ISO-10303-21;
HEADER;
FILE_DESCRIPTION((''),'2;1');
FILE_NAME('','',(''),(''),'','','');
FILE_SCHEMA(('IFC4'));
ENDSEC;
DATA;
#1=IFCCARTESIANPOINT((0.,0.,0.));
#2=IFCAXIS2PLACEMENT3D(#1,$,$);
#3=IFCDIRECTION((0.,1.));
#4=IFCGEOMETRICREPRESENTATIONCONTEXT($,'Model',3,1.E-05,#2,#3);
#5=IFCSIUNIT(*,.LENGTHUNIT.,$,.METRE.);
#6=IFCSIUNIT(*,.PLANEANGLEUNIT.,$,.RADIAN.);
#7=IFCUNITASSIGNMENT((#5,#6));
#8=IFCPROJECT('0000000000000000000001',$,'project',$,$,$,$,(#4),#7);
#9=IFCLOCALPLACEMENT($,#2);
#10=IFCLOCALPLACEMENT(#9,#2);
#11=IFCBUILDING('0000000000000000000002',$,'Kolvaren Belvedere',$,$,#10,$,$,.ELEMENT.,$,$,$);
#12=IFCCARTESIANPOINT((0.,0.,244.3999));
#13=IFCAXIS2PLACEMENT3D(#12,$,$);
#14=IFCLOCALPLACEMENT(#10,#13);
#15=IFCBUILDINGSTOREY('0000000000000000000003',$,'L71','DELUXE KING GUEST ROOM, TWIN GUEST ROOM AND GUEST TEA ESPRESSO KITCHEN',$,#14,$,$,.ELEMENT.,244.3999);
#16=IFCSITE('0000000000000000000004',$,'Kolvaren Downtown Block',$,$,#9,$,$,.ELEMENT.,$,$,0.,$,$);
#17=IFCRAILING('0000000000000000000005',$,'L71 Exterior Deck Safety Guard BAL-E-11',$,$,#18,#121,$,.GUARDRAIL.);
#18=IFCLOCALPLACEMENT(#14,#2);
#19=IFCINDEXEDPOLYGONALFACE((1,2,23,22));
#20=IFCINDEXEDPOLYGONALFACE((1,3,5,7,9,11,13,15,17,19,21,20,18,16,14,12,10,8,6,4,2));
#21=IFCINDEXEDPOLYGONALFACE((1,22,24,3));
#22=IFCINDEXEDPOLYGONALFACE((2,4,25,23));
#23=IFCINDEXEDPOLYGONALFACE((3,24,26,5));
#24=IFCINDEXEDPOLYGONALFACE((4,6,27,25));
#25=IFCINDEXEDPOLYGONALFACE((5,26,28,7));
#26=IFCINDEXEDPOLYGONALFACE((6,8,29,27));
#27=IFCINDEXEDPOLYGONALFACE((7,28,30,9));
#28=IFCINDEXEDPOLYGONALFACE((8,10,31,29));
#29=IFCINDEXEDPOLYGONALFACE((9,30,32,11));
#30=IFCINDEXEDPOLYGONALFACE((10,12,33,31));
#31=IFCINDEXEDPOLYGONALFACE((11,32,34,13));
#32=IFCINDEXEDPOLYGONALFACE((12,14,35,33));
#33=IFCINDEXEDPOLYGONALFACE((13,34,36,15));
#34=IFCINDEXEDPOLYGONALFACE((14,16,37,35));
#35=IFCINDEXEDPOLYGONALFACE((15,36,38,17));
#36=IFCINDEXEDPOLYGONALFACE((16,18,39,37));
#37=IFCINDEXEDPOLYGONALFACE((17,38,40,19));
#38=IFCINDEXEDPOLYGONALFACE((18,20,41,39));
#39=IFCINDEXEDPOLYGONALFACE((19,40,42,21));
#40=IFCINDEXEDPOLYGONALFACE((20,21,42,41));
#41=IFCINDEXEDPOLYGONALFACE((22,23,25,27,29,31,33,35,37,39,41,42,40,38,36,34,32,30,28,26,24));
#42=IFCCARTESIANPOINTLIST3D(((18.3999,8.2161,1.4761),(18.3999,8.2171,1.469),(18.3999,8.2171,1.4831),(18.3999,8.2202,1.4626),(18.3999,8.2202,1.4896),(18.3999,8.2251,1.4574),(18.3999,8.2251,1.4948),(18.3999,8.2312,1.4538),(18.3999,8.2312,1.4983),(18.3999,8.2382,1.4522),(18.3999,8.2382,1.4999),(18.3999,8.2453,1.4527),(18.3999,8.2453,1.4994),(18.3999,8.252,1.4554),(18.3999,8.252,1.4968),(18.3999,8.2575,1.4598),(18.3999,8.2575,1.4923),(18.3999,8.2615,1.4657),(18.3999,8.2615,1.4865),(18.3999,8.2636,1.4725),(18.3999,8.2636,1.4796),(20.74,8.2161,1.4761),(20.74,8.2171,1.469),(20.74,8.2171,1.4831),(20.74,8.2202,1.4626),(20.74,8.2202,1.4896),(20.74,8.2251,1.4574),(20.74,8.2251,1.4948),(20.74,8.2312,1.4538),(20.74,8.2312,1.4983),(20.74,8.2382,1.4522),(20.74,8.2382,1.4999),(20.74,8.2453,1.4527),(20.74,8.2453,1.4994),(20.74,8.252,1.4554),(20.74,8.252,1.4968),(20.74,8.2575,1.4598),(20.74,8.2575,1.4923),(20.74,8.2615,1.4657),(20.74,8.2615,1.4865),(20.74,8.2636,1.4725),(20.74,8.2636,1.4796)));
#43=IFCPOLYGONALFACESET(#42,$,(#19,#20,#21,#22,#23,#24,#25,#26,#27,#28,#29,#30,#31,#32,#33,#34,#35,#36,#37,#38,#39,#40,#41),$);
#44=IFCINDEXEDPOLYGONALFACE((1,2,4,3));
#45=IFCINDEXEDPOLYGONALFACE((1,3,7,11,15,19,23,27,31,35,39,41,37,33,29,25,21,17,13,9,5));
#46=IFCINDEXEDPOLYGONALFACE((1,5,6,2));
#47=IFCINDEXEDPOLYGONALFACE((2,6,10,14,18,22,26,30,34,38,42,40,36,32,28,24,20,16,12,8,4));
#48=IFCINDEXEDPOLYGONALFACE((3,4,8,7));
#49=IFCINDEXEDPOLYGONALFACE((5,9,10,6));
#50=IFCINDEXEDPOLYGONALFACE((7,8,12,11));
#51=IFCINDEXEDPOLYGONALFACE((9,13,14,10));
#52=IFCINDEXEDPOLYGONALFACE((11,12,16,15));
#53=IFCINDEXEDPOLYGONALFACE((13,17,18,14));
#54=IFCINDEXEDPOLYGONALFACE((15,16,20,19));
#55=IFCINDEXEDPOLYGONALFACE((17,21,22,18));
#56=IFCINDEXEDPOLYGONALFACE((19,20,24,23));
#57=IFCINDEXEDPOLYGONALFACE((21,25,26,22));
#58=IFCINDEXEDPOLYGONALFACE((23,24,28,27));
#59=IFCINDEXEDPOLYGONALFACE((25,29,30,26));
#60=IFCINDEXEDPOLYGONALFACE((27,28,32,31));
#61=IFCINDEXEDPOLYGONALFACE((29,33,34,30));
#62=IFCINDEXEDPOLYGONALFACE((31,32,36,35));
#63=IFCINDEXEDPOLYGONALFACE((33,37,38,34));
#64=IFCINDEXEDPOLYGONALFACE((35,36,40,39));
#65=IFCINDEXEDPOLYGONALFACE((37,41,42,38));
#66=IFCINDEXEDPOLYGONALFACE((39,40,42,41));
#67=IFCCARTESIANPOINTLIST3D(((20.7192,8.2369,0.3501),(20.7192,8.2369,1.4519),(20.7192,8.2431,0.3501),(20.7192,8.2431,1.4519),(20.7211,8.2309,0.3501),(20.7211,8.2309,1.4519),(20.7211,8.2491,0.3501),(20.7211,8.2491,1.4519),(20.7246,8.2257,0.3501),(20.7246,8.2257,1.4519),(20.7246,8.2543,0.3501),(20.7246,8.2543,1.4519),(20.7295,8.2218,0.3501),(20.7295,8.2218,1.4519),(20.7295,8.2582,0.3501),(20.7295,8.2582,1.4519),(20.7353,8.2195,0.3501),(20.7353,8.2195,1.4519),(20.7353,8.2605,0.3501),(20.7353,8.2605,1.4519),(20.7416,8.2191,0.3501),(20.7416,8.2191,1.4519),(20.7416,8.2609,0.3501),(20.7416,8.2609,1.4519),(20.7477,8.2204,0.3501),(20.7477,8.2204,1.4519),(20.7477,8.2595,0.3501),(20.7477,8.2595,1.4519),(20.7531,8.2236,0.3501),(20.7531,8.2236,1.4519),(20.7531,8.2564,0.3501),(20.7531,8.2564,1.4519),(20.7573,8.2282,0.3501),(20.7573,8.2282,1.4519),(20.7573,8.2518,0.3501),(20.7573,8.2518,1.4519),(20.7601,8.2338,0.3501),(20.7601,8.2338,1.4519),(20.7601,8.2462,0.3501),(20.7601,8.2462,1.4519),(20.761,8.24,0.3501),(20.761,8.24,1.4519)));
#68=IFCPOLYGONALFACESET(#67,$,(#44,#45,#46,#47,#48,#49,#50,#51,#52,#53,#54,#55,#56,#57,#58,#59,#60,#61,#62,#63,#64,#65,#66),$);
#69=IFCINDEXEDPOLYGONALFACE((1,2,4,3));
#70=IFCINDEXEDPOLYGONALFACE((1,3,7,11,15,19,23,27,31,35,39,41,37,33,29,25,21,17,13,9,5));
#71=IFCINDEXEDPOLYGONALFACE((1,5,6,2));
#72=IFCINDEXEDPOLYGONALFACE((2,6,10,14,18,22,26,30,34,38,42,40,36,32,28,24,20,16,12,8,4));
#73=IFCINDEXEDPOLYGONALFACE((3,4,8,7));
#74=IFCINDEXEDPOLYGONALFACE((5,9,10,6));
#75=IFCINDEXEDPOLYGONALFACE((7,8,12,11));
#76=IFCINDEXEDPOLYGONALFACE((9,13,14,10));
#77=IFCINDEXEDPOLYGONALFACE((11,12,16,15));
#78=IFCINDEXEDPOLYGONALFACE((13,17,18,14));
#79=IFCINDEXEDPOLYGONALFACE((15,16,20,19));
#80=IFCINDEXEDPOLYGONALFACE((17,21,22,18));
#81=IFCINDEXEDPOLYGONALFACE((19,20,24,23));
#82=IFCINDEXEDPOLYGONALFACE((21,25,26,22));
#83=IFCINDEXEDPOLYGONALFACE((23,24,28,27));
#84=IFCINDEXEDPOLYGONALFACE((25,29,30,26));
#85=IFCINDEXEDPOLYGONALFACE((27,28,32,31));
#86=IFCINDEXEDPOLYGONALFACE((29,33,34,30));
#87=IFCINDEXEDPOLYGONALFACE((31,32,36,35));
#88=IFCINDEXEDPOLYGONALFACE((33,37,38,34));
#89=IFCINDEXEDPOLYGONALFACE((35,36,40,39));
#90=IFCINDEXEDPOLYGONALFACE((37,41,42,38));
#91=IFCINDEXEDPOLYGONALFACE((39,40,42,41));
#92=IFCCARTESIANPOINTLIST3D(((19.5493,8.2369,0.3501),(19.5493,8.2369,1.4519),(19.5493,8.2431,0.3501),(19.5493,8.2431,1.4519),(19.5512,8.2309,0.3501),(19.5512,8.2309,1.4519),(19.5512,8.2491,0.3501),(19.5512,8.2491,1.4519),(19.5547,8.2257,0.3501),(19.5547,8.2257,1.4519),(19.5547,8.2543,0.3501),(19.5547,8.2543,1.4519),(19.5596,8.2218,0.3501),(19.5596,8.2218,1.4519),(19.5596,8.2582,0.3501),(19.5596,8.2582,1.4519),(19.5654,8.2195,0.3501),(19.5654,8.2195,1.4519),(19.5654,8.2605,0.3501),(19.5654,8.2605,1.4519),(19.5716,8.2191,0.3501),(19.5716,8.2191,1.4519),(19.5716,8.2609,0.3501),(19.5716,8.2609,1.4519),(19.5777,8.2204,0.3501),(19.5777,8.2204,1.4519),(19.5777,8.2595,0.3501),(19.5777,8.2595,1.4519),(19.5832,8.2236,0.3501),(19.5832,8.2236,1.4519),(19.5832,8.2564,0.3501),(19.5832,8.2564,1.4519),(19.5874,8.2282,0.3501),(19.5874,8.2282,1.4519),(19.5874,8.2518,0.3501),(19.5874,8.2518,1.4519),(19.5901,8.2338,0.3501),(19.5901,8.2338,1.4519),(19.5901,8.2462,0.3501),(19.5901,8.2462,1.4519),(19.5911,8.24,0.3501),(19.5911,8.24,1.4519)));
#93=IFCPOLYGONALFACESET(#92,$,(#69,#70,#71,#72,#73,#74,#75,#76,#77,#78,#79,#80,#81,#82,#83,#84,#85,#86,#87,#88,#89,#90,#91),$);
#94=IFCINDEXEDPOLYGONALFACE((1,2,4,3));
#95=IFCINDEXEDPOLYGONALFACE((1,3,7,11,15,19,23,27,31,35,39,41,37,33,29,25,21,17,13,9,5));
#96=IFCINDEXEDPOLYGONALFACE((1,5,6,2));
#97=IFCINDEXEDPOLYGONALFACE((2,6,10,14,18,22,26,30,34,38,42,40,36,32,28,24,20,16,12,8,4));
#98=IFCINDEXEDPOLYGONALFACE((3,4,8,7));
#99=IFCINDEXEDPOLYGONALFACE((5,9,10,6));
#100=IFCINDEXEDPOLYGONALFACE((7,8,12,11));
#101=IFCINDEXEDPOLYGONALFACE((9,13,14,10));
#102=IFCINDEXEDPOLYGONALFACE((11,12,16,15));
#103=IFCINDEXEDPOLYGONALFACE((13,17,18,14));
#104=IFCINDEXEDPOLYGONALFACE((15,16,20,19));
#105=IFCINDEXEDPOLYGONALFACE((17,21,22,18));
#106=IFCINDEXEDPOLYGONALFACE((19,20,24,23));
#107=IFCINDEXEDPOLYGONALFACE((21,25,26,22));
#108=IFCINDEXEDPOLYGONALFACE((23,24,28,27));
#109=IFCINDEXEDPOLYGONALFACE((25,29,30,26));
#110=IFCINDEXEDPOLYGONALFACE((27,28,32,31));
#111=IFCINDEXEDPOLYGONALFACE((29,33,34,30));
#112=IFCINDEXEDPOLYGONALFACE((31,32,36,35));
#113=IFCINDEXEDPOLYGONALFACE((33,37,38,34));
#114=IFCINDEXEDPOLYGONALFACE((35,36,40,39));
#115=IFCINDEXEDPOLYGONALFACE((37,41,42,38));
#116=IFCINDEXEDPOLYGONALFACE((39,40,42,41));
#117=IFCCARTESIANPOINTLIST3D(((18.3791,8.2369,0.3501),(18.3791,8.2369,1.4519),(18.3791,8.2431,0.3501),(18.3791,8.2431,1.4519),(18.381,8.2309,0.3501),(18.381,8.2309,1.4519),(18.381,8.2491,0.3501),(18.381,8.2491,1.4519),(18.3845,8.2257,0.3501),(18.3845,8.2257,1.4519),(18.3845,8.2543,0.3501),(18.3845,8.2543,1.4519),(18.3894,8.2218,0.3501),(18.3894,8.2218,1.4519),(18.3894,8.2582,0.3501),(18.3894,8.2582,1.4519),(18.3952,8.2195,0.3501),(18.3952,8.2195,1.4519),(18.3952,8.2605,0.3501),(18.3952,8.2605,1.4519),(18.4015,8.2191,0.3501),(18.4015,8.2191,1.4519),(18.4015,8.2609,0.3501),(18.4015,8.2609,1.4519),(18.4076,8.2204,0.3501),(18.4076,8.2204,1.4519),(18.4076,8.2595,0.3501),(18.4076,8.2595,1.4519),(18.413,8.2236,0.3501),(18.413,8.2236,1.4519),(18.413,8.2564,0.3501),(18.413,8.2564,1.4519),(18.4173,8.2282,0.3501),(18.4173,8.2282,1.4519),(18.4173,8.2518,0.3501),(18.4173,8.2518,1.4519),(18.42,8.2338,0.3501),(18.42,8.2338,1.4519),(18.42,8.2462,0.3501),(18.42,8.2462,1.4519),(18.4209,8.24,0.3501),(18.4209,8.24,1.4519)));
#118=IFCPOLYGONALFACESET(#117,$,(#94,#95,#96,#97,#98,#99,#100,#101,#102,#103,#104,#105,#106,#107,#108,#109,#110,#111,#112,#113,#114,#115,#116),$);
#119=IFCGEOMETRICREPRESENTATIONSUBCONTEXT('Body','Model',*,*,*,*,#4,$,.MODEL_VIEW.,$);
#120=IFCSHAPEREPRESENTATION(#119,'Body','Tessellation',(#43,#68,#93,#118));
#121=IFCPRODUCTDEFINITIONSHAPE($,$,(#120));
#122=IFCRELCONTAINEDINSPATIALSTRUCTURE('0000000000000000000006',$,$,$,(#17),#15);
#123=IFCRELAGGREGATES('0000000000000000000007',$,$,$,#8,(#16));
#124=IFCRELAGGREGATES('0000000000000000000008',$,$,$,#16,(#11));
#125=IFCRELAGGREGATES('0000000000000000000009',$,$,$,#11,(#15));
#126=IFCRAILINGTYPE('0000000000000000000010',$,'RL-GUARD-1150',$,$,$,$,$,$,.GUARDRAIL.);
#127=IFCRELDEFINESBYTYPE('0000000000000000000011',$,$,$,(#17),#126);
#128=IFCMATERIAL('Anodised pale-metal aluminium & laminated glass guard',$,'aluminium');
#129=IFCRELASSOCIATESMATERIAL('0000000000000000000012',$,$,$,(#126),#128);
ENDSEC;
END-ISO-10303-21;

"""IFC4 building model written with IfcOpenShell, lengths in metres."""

from ifc_helpers import new_model, si_unit, direction, frame, origin, origin_2d, place, context, subcontext, project, spatial, circle, extrude, material, type_object, element, save


model = new_model("IFC4")

# Units and contexts
model_context = context("Model", 3, precision=1e-05, world=origin(), true_north=direction((0.0, 1.0)))
body_context = subcontext(model_context, "Body", "Model", "MODEL_VIEW")
ifc_project = project(units=[si_unit("LENGTHUNIT", "METRE"), si_unit("PLANEANGLEUNIT", "RADIAN")], contexts=[model_context])

# Site, building, storey
site_placement = place(None, origin())
site = spatial("IfcSite", under=ifc_project, at=site_placement, Name="Kolvaren Downtown Block", CompositionType="ELEMENT", RefElevation=0.0)
building_placement = place(site_placement, origin())
building = spatial("IfcBuilding", under=site, at=building_placement, Name="Kolvaren Belvedere", CompositionType="ELEMENT")
storey_placement = place(building_placement, frame((0.0, 0.0, 244.3999)))
storey = spatial("IfcBuildingStorey", under=building, at=storey_placement, Name="L71", Description="DELUXE KING GUEST ROOM, TWIN GUEST ROOM AND GUEST TEA ESPRESSO KITCHEN", CompositionType="ELEMENT", Elevation=244.3999)

# Railing
ifc_material_1 = material(Name="Anodised pale-metal aluminium & laminated glass guard", Category="aluminium")
railing_type = type_object("IfcRailingType", Name="RL-GUARD-1150", PredefinedType="GUARDRAIL", material=ifc_material_1)
railing_1_placement = place(storey_placement, frame((20.74, 8.24, 0.3501)))
element("IfcRailing", 1, at=railing_1_placement, inside=storey, type_object=railing_type, Name="L71 Exterior Deck Safety Guard BAL-E-11", PredefinedType="GUARDRAIL", context=body_context, shape_type="SweptSolid", body=[
    extrude(circle(Radius=0.0239, at=origin_2d()), frame((0.0, 0.0, 1.126), z_axis=(-1.0, 0.0, 0.0), x_axis=(0.0, -1.0, 0.0)), (0.0, 0.0, 1.0), 2.3401),
    extrude(circle(Radius=0.021, at=origin_2d()), origin(), (0.0, 0.0, 1.0), 1.1018),
    extrude(circle(Radius=0.021, at=origin_2d()), frame((-1.1699, 0.0, 0.0)), (0.0, 0.0, 1.0), 1.1018),
    extrude(circle(Radius=0.021, at=origin_2d()), frame((-2.3401, 0.0, 0.0)), (0.0, 0.0, 1.0), 1.1018),
])

save(model, "model.ifc")
